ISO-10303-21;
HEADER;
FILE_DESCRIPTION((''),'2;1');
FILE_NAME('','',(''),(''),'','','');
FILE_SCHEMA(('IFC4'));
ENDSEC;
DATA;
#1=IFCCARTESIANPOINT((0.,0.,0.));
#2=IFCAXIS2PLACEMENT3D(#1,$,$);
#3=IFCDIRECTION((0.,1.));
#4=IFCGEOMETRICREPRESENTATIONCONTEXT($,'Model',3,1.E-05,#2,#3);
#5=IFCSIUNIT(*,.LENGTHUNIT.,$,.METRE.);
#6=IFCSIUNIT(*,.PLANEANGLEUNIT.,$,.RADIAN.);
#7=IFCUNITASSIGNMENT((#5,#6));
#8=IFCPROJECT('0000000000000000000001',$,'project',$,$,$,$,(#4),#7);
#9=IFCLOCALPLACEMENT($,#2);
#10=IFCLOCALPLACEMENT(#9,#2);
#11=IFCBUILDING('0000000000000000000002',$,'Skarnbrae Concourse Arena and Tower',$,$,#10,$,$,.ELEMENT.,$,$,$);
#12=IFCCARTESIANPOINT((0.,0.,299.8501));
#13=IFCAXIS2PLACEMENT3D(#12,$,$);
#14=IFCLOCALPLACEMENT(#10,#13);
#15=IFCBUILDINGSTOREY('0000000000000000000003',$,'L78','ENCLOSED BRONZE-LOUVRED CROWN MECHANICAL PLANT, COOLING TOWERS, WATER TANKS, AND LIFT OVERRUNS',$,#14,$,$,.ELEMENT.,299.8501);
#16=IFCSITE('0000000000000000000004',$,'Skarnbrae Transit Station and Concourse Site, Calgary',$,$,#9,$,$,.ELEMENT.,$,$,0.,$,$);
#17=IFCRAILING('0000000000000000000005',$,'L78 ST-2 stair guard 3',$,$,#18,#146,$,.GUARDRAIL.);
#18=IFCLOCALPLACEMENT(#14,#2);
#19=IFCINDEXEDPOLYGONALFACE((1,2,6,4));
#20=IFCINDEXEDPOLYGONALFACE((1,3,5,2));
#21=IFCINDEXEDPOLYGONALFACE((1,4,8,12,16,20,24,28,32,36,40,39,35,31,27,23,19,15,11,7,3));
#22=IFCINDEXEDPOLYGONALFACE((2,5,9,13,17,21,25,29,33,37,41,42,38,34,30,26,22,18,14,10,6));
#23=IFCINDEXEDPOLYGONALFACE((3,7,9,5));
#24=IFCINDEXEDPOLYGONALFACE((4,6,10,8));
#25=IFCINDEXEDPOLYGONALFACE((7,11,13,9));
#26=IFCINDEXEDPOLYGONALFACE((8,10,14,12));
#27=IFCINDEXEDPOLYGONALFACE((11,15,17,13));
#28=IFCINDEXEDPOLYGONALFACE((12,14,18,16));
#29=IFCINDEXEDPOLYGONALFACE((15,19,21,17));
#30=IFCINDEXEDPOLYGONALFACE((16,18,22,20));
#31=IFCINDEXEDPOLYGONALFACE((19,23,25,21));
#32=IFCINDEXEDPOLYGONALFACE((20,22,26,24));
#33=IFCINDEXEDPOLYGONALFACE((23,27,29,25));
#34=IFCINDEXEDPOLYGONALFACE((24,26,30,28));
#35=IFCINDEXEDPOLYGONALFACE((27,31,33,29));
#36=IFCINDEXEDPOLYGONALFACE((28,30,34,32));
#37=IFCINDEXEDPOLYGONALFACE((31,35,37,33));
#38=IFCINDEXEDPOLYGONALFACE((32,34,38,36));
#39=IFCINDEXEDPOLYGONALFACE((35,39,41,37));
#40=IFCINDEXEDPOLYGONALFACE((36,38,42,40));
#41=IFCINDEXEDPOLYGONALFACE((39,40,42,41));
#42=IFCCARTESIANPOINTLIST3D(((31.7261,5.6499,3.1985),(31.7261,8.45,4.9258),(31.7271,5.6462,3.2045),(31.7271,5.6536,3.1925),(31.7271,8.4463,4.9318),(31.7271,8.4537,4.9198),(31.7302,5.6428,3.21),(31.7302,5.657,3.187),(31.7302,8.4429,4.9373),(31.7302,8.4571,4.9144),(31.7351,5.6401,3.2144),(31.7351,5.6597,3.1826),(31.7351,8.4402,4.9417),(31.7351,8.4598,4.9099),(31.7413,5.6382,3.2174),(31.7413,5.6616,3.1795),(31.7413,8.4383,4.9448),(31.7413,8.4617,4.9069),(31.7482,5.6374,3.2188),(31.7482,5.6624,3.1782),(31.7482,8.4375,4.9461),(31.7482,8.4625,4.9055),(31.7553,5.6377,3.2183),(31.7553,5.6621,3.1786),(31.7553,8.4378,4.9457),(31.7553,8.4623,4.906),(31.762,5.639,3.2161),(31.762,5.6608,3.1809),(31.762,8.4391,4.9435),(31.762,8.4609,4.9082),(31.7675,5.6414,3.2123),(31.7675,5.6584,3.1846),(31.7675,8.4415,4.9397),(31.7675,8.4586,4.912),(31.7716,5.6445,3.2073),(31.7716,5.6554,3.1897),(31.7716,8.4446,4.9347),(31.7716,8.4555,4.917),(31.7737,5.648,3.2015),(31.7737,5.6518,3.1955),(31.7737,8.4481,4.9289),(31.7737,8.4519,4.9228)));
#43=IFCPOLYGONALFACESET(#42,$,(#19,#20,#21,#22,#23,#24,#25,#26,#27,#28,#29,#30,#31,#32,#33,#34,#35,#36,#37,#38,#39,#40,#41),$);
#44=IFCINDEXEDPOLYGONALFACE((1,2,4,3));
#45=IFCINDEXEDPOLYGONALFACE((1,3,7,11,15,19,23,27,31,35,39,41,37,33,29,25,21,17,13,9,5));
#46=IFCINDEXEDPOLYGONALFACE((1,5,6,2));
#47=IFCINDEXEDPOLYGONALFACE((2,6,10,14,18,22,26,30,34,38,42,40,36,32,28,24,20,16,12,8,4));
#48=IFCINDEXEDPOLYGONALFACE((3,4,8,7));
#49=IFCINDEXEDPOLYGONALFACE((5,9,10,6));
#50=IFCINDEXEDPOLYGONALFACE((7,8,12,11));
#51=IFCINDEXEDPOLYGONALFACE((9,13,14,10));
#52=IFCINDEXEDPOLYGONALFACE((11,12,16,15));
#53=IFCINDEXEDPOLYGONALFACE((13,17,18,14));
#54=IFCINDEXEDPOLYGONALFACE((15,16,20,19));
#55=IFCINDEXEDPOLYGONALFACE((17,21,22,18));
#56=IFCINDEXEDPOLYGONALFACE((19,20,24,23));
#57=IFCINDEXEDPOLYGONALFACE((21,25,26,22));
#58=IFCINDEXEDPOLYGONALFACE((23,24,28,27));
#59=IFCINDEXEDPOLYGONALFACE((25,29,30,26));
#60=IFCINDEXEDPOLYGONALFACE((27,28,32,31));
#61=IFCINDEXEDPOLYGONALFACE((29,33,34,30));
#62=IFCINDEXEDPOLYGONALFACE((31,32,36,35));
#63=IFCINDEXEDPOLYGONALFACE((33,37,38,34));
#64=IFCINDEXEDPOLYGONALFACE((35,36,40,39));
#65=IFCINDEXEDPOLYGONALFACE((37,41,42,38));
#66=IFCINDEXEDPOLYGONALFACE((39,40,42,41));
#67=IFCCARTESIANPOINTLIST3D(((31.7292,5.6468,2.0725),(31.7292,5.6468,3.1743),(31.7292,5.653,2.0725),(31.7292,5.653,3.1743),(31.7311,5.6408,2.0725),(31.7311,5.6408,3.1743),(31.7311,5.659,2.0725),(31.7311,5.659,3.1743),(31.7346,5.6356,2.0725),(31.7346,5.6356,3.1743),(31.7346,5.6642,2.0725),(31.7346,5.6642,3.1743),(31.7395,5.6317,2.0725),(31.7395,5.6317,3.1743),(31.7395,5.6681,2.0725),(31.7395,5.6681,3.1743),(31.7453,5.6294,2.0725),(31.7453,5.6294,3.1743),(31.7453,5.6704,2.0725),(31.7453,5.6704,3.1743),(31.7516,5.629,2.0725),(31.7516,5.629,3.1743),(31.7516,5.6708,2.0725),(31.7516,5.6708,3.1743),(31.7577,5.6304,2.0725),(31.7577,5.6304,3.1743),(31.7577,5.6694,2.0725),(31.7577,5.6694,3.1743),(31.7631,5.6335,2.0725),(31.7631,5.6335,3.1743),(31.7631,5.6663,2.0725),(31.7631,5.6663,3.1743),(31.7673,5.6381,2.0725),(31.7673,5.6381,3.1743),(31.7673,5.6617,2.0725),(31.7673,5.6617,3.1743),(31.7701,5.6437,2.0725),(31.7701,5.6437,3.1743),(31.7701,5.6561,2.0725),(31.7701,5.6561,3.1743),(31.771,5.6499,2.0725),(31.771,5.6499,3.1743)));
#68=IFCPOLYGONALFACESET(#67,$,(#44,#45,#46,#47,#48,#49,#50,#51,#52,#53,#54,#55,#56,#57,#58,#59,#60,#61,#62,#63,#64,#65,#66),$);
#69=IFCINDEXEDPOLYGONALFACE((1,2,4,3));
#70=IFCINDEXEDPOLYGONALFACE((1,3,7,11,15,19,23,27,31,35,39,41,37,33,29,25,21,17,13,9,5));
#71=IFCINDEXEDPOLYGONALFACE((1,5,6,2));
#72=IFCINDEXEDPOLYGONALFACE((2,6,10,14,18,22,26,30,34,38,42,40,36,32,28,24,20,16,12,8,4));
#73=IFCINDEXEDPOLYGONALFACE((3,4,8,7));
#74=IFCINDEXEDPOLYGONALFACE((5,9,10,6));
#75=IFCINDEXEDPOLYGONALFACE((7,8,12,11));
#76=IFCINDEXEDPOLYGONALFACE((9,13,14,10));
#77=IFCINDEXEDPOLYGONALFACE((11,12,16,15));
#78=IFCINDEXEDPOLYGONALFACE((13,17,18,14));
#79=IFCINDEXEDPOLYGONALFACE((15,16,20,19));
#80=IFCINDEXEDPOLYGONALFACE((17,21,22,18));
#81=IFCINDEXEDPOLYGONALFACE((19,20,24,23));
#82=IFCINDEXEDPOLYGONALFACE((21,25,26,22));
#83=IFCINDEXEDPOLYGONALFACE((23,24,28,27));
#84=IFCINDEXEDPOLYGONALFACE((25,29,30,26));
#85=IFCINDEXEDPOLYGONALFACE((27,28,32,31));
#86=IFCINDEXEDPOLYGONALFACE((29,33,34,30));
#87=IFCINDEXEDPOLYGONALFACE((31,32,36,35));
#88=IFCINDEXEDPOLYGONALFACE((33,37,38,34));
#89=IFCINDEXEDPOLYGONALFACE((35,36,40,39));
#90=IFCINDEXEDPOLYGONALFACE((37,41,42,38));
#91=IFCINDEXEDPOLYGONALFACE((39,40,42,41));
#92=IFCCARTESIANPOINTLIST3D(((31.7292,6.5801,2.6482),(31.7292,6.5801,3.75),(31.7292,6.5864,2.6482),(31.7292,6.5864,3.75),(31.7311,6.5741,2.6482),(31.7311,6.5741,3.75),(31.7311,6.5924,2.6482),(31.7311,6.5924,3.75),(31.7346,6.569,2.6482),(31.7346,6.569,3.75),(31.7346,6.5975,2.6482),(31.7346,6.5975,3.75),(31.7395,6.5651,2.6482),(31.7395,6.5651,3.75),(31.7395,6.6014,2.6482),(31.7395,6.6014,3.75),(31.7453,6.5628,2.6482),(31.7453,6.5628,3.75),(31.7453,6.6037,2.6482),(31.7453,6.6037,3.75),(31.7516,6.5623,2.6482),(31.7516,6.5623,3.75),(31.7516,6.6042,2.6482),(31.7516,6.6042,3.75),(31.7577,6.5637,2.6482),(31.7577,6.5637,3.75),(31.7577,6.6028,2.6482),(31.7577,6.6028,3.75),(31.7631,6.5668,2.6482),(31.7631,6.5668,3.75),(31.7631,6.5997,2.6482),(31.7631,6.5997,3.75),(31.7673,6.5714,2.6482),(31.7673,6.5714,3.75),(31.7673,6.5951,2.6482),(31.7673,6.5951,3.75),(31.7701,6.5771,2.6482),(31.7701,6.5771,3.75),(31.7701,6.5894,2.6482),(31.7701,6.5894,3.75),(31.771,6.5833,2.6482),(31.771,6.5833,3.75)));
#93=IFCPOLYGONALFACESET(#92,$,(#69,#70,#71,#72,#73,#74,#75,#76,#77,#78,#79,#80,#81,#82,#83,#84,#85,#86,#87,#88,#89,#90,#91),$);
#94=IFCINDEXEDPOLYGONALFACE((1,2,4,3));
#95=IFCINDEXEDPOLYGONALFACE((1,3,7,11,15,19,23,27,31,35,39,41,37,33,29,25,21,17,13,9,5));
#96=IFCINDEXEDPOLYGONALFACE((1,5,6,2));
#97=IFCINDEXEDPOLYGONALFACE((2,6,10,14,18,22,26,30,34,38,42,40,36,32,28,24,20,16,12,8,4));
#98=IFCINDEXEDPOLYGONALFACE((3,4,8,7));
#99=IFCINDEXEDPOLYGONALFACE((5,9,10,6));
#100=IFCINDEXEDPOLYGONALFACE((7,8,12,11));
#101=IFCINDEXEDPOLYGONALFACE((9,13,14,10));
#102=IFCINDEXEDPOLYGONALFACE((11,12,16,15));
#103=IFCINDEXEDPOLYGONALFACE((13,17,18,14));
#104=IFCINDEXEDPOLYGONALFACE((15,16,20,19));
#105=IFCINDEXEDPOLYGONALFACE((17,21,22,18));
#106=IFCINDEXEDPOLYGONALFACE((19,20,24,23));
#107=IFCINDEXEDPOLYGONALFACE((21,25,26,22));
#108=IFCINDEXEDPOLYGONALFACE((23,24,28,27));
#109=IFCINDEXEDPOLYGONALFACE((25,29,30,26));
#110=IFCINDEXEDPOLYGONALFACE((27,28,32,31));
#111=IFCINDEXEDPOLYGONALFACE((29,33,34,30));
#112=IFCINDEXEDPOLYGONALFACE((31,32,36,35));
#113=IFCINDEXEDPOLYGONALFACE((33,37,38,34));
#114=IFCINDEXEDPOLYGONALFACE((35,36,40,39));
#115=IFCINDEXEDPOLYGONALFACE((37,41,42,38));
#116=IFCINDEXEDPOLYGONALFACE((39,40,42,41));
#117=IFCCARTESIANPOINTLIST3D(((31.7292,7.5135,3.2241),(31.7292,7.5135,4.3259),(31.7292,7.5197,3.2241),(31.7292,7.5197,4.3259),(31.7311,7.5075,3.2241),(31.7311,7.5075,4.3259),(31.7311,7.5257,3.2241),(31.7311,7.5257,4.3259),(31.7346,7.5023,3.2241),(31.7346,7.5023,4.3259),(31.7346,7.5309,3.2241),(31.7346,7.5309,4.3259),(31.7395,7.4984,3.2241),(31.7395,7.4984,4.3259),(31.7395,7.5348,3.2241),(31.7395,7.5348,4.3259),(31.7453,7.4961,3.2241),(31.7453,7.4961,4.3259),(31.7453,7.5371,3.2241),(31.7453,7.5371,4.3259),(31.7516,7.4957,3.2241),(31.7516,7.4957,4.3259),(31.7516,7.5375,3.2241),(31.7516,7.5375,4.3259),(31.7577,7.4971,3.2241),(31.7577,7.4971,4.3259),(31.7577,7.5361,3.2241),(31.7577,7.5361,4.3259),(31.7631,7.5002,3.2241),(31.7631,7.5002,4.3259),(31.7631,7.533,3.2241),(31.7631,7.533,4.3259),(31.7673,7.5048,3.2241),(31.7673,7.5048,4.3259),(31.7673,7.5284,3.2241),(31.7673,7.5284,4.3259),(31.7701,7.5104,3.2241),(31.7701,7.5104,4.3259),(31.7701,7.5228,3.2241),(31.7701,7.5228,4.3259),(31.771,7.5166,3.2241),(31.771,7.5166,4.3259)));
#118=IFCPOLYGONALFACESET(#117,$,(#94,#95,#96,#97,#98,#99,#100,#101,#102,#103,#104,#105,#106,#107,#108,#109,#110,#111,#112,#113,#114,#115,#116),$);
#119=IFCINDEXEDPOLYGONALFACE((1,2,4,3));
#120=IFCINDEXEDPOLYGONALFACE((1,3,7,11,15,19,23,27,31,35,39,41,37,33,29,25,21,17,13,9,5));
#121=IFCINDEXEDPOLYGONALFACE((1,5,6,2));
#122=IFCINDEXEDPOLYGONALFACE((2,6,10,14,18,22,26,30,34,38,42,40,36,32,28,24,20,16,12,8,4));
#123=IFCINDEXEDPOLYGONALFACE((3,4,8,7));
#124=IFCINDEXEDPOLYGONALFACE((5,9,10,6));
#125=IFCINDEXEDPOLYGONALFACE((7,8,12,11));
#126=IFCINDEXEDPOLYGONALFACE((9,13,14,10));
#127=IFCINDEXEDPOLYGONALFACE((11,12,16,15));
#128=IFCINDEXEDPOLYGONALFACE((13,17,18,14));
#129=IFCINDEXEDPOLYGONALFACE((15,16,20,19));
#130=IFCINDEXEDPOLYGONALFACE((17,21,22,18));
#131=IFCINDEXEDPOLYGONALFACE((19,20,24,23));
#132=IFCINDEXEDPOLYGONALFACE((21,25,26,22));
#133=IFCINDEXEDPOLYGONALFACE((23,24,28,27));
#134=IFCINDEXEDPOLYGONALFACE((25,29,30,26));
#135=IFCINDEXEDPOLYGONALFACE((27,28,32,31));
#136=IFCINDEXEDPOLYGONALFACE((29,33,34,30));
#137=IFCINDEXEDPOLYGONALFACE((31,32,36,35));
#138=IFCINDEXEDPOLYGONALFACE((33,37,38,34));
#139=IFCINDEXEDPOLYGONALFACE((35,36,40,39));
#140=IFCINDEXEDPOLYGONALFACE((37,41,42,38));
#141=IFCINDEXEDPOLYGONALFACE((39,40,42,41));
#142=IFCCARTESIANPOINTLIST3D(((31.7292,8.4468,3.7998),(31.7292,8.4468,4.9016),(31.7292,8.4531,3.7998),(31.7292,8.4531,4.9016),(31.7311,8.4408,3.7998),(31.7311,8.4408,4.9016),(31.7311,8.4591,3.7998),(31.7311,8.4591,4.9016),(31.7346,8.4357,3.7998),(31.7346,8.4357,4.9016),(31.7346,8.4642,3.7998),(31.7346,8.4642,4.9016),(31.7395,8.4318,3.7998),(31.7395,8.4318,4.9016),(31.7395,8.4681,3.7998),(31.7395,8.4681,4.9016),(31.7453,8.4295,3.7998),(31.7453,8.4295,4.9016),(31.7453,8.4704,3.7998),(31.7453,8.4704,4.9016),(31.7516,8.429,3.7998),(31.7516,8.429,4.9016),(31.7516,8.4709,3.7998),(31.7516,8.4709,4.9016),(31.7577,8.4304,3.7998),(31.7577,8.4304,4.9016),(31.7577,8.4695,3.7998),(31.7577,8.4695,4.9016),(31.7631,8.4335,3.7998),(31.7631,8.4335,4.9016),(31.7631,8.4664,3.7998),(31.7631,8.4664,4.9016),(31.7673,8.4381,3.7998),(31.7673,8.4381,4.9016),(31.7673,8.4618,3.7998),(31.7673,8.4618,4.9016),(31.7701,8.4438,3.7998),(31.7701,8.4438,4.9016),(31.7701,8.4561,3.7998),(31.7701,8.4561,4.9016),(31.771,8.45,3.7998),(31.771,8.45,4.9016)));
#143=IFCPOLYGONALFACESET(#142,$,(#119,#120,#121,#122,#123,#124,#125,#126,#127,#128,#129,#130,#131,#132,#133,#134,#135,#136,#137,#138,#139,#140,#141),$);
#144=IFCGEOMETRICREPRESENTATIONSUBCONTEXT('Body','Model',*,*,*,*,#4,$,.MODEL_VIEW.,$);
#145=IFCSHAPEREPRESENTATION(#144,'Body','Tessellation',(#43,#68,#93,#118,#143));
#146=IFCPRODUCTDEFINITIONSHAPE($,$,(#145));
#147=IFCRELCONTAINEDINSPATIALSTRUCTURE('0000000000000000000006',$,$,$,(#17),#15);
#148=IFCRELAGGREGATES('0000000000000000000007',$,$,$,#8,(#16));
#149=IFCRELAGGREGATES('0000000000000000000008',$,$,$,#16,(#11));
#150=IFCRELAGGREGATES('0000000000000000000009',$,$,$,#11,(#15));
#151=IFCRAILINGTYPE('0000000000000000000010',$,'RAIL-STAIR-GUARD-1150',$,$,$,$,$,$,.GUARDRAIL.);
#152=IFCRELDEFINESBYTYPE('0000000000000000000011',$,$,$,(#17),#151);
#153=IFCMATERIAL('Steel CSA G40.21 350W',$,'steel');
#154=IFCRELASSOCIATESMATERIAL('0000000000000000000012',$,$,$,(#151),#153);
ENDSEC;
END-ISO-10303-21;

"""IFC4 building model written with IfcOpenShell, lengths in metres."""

from ifc_helpers import new_model, si_unit, direction, frame, origin, origin_2d, place, context, subcontext, project, spatial, circle, extrude, material, type_object, element, save


model = new_model("IFC4")

# Units and contexts
model_context = context("Model", 3, precision=1e-05, world=origin(), true_north=direction((0.0, 1.0)))
body_context = subcontext(model_context, "Body", "Model", "MODEL_VIEW")
ifc_project = project(units=[si_unit("LENGTHUNIT", "METRE"), si_unit("PLANEANGLEUNIT", "RADIAN")], contexts=[model_context])

# Site, building, storey
site_placement = place(None, origin())
site = spatial("IfcSite", under=ifc_project, at=site_placement, Name="Skarnbrae Transit Station and Concourse Site, Calgary", CompositionType="ELEMENT", RefElevation=0.0)
building_placement = place(site_placement, origin())
building = spatial("IfcBuilding", under=site, at=building_placement, Name="Skarnbrae Concourse Arena and Tower", CompositionType="ELEMENT")
storey_placement = place(building_placement, frame((0.0, 0.0, 299.8501)))
storey = spatial("IfcBuildingStorey", under=building, at=storey_placement, Name="L78", Description="ENCLOSED BRONZE-LOUVRED CROWN MECHANICAL PLANT, COOLING TOWERS, WATER TANKS, AND LIFT OVERRUNS", CompositionType="ELEMENT", Elevation=299.8501)

# Shared definitions
ifc_material_1 = material(Name="Steel CSA G40.21 350W", Category="steel")

# Railing
railing_type_1 = type_object("IfcRailingType", Name="RAIL-STAIR-GUARD-1150", PredefinedType="GUARDRAIL", material=ifc_material_1)
railing_1_placement = place(storey_placement, frame((31.75, 5.6499, 2.0725)))
element("IfcRailing", 1, at=railing_1_placement, inside=storey, type_object=railing_type_1, Name="L78 ST-2 stair guard 3", PredefinedType="GUARDRAIL", context=body_context, shape_type="SweptSolid", body=[
    extrude(circle(Radius=0.0239, at=origin_2d()), frame((0.0, 0.0, 1.126), z_axis=(0.0, 0.85109, 0.52502), x_axis=(-1.0, 0.0, 0.0)), (0.0, 0.0, 1.0), 3.29),
    extrude(circle(Radius=0.021, at=origin_2d()), origin(), (0.0, 0.0, 1.0), 1.1018),
    extrude(circle(Radius=0.021, at=origin_2d()), frame((0.0, 0.9333, 0.5757)), (0.0, 0.0, 1.0), 1.1018),
    extrude(circle(Radius=0.021, at=origin_2d()), frame((0.0, 1.8667, 1.1516)), (0.0, 0.0, 1.0), 1.1018),
    extrude(circle(Radius=0.021, at=origin_2d()), frame((0.0, 2.8, 1.7273)), (0.0, 0.0, 1.0), 1.1018),
])

save(model, "model.ifc")
